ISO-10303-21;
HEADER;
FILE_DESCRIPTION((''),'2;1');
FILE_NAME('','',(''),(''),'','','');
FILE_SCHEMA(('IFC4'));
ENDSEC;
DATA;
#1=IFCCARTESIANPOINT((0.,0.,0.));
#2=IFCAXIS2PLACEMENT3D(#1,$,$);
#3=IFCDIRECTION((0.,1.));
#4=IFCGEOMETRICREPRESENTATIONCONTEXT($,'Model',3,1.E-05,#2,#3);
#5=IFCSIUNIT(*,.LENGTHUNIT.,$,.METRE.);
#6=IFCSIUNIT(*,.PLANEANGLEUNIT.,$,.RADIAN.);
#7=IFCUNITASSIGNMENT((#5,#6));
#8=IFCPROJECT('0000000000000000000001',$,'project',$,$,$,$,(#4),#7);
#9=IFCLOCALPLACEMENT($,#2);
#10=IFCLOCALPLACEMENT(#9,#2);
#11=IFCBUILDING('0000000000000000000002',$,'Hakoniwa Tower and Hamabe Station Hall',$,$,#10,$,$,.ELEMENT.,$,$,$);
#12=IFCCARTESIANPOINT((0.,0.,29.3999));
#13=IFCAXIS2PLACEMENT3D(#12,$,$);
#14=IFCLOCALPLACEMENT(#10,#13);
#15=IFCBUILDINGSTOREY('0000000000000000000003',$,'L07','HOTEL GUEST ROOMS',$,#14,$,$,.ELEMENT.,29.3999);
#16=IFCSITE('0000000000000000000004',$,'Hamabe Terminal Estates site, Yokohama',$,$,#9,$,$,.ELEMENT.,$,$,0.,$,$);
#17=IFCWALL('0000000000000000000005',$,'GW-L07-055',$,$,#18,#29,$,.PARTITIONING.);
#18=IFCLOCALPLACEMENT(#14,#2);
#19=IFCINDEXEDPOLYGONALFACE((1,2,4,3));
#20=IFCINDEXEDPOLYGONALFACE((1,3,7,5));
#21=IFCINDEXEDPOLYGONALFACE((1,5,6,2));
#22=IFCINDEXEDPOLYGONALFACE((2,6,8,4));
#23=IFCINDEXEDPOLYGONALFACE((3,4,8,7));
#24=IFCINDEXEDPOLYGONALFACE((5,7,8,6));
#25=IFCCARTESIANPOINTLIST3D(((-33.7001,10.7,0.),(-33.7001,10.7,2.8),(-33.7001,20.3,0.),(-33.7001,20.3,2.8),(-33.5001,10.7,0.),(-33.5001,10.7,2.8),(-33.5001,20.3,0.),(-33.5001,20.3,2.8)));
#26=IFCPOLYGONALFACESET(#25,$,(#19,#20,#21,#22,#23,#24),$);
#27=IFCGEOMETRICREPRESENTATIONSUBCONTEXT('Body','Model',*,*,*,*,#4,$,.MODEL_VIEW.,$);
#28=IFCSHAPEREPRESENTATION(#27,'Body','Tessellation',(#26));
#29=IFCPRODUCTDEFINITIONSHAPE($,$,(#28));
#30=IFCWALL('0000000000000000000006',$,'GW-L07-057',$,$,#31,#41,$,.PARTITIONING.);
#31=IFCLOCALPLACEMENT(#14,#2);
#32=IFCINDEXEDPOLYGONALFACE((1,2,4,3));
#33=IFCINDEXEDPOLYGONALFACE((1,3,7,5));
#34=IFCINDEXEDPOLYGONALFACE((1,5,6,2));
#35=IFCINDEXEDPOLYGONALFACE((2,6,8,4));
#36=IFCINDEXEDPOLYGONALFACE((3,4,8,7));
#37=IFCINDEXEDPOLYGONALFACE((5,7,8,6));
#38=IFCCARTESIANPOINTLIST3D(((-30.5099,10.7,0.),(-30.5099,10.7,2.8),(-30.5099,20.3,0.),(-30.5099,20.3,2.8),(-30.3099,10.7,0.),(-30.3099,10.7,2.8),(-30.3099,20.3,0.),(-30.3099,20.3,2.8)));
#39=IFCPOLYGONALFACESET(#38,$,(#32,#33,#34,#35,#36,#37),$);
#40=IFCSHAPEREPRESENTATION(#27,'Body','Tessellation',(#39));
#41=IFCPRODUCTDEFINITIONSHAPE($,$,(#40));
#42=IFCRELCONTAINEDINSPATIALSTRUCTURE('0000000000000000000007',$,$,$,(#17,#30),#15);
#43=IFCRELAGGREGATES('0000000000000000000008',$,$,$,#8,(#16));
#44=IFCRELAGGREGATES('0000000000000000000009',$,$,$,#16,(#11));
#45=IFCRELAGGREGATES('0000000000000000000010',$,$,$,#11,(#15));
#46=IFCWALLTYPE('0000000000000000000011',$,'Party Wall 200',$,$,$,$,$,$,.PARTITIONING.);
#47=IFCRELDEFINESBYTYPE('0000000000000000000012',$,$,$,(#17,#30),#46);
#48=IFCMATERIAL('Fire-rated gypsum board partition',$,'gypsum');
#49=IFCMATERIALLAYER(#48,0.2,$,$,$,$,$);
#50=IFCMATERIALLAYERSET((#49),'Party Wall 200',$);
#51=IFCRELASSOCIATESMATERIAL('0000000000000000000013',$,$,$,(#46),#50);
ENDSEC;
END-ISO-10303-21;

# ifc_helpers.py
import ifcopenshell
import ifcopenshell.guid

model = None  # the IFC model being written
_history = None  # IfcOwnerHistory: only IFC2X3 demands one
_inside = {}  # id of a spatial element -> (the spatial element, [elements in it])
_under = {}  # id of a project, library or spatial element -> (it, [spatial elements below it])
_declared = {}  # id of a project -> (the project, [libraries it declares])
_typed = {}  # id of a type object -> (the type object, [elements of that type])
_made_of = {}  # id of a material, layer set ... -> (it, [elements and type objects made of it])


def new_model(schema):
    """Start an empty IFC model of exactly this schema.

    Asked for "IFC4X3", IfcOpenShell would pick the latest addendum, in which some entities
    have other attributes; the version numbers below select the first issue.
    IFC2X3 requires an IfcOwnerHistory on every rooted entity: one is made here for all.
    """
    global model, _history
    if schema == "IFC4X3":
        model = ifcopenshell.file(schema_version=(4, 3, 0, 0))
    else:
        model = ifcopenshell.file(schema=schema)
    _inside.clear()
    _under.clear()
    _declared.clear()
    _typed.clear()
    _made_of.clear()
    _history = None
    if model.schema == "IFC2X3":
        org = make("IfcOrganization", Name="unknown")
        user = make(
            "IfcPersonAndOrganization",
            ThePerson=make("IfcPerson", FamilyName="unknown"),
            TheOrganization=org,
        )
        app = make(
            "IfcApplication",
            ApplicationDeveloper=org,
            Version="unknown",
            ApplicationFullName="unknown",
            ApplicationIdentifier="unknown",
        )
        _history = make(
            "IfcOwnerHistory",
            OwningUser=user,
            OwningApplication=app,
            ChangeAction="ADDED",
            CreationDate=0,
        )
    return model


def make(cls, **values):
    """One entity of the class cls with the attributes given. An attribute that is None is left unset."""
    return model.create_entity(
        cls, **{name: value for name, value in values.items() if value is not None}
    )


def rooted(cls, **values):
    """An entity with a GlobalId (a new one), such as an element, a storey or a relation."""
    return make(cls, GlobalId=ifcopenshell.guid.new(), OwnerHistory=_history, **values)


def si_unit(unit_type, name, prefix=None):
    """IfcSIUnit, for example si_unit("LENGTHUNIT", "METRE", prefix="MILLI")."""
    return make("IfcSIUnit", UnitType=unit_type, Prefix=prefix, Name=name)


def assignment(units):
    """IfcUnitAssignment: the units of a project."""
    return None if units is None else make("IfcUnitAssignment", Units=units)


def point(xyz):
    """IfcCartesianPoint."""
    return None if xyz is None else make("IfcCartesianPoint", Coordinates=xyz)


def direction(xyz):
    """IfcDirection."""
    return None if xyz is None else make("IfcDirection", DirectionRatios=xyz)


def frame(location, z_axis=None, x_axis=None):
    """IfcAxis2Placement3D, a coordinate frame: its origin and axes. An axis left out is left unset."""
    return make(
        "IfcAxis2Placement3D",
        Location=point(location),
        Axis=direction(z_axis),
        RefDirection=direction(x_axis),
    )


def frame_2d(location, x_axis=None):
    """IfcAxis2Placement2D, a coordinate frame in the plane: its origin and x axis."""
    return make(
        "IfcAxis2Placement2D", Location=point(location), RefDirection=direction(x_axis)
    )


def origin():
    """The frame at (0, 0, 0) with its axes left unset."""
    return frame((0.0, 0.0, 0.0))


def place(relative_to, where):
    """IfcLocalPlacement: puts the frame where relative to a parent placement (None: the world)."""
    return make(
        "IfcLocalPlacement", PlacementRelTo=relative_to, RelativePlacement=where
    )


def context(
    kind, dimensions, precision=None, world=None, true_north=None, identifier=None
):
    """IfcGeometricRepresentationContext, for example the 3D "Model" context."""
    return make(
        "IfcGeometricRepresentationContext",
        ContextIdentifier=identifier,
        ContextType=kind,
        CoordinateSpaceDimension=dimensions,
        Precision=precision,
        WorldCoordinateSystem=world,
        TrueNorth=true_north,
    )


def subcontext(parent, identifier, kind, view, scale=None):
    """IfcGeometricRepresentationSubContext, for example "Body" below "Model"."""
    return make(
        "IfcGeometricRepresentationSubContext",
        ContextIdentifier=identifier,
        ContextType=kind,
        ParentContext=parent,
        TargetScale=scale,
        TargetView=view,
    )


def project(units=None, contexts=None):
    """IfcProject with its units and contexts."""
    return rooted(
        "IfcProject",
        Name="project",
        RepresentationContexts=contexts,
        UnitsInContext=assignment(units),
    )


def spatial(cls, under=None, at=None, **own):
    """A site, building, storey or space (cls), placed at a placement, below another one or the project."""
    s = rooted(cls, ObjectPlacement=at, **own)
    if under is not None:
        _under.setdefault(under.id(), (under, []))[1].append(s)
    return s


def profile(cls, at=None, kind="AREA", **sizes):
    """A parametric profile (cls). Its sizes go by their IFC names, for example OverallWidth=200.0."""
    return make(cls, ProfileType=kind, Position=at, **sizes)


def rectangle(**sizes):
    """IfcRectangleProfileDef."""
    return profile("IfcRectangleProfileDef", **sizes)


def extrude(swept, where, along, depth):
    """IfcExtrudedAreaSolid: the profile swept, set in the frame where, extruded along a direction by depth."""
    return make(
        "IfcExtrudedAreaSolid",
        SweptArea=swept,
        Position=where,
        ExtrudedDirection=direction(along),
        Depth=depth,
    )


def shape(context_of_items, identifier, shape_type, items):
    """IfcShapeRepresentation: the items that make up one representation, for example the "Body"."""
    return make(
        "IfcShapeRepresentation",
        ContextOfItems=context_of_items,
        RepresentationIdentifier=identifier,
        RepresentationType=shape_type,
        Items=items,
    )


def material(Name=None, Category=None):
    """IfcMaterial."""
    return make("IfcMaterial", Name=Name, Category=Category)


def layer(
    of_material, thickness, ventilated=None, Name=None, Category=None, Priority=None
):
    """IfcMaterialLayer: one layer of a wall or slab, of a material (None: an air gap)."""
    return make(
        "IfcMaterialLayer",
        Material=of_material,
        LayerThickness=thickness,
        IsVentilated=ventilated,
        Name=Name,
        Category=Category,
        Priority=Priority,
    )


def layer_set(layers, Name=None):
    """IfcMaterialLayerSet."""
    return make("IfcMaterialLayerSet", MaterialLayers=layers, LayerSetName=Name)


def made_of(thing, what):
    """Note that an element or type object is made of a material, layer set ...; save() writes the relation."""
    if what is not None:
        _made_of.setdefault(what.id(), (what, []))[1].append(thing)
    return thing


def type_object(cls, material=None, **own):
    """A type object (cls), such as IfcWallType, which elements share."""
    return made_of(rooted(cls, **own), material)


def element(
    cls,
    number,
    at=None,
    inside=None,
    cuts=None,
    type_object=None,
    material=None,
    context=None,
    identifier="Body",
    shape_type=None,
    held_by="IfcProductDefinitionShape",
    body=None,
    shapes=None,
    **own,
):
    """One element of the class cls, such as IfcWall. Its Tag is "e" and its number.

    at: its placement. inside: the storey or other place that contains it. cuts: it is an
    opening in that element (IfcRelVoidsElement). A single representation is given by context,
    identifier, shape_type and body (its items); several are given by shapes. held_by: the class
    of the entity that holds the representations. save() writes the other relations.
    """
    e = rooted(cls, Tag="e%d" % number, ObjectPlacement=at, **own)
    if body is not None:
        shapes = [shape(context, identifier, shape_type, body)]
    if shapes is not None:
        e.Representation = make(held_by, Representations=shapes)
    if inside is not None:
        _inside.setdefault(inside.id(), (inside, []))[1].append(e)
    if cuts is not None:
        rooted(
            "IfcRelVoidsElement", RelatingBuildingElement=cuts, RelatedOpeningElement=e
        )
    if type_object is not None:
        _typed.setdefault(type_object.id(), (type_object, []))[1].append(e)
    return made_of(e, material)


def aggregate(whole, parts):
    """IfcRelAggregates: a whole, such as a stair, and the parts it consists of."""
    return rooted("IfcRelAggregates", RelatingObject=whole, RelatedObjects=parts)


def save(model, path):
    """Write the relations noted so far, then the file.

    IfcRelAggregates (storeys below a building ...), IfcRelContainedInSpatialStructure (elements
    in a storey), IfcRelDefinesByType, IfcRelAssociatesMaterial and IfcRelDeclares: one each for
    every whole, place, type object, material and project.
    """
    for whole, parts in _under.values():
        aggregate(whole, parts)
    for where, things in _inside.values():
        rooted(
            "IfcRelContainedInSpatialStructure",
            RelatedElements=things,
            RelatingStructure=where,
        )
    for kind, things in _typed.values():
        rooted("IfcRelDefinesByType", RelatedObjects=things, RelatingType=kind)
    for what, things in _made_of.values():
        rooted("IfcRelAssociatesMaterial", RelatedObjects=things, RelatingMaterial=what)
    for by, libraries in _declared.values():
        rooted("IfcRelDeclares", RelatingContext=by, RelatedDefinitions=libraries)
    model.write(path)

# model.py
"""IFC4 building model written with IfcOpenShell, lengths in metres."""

from ifc_helpers import new_model, si_unit, direction, frame, frame_2d, origin, place, context, subcontext, project, spatial, rectangle, extrude, material, layer, layer_set, type_object, element, save


model = new_model("IFC4")

# Units and contexts
model_context = context("Model", 3, precision=1e-05, world=origin(), true_north=direction((0.0, 1.0)))
body_context = subcontext(model_context, "Body", "Model", "MODEL_VIEW")
ifc_project = project(units=[si_unit("LENGTHUNIT", "METRE"), si_unit("PLANEANGLEUNIT", "RADIAN")], contexts=[model_context])

# Site, building, storey
site_placement = place(None, origin())
site = spatial("IfcSite", under=ifc_project, at=site_placement, Name="Hamabe Terminal Estates site, Yokohama", CompositionType="ELEMENT", RefElevation=0.0)
building_placement = place(site_placement, origin())
building = spatial("IfcBuilding", under=site, at=building_placement, Name="Hakoniwa Tower and Hamabe Station Hall", CompositionType="ELEMENT")
storey_placement = place(building_placement, frame((0.0, 0.0, 29.3999)))
storey = spatial("IfcBuildingStorey", under=building, at=storey_placement, Name="L07", Description="HOTEL GUEST ROOMS", CompositionType="ELEMENT", Elevation=29.3999)

# Walls
ifc_material_1 = material(Name="Fire-rated gypsum board partition", Category="gypsum")
ifc_layer_1 = layer(ifc_material_1, 0.2)
ifc_layer_set_1 = layer_set([ifc_layer_1], Name="Party Wall 200")
wall_type_1 = type_object("IfcWallType", Name="Party Wall 200", PredefinedType="PARTITIONING", material=ifc_layer_set_1)
for number, where, z_axis, x_axis, name in (
    (1, (-33.6001, 10.7, 0.0), (0.0, 0.0, 1.0), (0.0, 1.0, 0.0), "GW-L07-055"),
    (2, (-30.4099, 10.7, 0.0), (0.0, 0.0, 1.0), (0.0, 1.0, 0.0), "GW-L07-057"),
):
    element("IfcWall", number, at=place(storey_placement, frame(where, z_axis=z_axis, x_axis=x_axis)), inside=storey, type_object=wall_type_1, Name=name, PredefinedType="PARTITIONING", context=body_context, shape_type="SweptSolid", body=[
        extrude(rectangle(XDim=9.6001, YDim=0.2, at=frame_2d((4.8, 0.0))), origin(), (0.0, 0.0, 1.0), 2.8),
    ])

save(model, "model.ifc")
